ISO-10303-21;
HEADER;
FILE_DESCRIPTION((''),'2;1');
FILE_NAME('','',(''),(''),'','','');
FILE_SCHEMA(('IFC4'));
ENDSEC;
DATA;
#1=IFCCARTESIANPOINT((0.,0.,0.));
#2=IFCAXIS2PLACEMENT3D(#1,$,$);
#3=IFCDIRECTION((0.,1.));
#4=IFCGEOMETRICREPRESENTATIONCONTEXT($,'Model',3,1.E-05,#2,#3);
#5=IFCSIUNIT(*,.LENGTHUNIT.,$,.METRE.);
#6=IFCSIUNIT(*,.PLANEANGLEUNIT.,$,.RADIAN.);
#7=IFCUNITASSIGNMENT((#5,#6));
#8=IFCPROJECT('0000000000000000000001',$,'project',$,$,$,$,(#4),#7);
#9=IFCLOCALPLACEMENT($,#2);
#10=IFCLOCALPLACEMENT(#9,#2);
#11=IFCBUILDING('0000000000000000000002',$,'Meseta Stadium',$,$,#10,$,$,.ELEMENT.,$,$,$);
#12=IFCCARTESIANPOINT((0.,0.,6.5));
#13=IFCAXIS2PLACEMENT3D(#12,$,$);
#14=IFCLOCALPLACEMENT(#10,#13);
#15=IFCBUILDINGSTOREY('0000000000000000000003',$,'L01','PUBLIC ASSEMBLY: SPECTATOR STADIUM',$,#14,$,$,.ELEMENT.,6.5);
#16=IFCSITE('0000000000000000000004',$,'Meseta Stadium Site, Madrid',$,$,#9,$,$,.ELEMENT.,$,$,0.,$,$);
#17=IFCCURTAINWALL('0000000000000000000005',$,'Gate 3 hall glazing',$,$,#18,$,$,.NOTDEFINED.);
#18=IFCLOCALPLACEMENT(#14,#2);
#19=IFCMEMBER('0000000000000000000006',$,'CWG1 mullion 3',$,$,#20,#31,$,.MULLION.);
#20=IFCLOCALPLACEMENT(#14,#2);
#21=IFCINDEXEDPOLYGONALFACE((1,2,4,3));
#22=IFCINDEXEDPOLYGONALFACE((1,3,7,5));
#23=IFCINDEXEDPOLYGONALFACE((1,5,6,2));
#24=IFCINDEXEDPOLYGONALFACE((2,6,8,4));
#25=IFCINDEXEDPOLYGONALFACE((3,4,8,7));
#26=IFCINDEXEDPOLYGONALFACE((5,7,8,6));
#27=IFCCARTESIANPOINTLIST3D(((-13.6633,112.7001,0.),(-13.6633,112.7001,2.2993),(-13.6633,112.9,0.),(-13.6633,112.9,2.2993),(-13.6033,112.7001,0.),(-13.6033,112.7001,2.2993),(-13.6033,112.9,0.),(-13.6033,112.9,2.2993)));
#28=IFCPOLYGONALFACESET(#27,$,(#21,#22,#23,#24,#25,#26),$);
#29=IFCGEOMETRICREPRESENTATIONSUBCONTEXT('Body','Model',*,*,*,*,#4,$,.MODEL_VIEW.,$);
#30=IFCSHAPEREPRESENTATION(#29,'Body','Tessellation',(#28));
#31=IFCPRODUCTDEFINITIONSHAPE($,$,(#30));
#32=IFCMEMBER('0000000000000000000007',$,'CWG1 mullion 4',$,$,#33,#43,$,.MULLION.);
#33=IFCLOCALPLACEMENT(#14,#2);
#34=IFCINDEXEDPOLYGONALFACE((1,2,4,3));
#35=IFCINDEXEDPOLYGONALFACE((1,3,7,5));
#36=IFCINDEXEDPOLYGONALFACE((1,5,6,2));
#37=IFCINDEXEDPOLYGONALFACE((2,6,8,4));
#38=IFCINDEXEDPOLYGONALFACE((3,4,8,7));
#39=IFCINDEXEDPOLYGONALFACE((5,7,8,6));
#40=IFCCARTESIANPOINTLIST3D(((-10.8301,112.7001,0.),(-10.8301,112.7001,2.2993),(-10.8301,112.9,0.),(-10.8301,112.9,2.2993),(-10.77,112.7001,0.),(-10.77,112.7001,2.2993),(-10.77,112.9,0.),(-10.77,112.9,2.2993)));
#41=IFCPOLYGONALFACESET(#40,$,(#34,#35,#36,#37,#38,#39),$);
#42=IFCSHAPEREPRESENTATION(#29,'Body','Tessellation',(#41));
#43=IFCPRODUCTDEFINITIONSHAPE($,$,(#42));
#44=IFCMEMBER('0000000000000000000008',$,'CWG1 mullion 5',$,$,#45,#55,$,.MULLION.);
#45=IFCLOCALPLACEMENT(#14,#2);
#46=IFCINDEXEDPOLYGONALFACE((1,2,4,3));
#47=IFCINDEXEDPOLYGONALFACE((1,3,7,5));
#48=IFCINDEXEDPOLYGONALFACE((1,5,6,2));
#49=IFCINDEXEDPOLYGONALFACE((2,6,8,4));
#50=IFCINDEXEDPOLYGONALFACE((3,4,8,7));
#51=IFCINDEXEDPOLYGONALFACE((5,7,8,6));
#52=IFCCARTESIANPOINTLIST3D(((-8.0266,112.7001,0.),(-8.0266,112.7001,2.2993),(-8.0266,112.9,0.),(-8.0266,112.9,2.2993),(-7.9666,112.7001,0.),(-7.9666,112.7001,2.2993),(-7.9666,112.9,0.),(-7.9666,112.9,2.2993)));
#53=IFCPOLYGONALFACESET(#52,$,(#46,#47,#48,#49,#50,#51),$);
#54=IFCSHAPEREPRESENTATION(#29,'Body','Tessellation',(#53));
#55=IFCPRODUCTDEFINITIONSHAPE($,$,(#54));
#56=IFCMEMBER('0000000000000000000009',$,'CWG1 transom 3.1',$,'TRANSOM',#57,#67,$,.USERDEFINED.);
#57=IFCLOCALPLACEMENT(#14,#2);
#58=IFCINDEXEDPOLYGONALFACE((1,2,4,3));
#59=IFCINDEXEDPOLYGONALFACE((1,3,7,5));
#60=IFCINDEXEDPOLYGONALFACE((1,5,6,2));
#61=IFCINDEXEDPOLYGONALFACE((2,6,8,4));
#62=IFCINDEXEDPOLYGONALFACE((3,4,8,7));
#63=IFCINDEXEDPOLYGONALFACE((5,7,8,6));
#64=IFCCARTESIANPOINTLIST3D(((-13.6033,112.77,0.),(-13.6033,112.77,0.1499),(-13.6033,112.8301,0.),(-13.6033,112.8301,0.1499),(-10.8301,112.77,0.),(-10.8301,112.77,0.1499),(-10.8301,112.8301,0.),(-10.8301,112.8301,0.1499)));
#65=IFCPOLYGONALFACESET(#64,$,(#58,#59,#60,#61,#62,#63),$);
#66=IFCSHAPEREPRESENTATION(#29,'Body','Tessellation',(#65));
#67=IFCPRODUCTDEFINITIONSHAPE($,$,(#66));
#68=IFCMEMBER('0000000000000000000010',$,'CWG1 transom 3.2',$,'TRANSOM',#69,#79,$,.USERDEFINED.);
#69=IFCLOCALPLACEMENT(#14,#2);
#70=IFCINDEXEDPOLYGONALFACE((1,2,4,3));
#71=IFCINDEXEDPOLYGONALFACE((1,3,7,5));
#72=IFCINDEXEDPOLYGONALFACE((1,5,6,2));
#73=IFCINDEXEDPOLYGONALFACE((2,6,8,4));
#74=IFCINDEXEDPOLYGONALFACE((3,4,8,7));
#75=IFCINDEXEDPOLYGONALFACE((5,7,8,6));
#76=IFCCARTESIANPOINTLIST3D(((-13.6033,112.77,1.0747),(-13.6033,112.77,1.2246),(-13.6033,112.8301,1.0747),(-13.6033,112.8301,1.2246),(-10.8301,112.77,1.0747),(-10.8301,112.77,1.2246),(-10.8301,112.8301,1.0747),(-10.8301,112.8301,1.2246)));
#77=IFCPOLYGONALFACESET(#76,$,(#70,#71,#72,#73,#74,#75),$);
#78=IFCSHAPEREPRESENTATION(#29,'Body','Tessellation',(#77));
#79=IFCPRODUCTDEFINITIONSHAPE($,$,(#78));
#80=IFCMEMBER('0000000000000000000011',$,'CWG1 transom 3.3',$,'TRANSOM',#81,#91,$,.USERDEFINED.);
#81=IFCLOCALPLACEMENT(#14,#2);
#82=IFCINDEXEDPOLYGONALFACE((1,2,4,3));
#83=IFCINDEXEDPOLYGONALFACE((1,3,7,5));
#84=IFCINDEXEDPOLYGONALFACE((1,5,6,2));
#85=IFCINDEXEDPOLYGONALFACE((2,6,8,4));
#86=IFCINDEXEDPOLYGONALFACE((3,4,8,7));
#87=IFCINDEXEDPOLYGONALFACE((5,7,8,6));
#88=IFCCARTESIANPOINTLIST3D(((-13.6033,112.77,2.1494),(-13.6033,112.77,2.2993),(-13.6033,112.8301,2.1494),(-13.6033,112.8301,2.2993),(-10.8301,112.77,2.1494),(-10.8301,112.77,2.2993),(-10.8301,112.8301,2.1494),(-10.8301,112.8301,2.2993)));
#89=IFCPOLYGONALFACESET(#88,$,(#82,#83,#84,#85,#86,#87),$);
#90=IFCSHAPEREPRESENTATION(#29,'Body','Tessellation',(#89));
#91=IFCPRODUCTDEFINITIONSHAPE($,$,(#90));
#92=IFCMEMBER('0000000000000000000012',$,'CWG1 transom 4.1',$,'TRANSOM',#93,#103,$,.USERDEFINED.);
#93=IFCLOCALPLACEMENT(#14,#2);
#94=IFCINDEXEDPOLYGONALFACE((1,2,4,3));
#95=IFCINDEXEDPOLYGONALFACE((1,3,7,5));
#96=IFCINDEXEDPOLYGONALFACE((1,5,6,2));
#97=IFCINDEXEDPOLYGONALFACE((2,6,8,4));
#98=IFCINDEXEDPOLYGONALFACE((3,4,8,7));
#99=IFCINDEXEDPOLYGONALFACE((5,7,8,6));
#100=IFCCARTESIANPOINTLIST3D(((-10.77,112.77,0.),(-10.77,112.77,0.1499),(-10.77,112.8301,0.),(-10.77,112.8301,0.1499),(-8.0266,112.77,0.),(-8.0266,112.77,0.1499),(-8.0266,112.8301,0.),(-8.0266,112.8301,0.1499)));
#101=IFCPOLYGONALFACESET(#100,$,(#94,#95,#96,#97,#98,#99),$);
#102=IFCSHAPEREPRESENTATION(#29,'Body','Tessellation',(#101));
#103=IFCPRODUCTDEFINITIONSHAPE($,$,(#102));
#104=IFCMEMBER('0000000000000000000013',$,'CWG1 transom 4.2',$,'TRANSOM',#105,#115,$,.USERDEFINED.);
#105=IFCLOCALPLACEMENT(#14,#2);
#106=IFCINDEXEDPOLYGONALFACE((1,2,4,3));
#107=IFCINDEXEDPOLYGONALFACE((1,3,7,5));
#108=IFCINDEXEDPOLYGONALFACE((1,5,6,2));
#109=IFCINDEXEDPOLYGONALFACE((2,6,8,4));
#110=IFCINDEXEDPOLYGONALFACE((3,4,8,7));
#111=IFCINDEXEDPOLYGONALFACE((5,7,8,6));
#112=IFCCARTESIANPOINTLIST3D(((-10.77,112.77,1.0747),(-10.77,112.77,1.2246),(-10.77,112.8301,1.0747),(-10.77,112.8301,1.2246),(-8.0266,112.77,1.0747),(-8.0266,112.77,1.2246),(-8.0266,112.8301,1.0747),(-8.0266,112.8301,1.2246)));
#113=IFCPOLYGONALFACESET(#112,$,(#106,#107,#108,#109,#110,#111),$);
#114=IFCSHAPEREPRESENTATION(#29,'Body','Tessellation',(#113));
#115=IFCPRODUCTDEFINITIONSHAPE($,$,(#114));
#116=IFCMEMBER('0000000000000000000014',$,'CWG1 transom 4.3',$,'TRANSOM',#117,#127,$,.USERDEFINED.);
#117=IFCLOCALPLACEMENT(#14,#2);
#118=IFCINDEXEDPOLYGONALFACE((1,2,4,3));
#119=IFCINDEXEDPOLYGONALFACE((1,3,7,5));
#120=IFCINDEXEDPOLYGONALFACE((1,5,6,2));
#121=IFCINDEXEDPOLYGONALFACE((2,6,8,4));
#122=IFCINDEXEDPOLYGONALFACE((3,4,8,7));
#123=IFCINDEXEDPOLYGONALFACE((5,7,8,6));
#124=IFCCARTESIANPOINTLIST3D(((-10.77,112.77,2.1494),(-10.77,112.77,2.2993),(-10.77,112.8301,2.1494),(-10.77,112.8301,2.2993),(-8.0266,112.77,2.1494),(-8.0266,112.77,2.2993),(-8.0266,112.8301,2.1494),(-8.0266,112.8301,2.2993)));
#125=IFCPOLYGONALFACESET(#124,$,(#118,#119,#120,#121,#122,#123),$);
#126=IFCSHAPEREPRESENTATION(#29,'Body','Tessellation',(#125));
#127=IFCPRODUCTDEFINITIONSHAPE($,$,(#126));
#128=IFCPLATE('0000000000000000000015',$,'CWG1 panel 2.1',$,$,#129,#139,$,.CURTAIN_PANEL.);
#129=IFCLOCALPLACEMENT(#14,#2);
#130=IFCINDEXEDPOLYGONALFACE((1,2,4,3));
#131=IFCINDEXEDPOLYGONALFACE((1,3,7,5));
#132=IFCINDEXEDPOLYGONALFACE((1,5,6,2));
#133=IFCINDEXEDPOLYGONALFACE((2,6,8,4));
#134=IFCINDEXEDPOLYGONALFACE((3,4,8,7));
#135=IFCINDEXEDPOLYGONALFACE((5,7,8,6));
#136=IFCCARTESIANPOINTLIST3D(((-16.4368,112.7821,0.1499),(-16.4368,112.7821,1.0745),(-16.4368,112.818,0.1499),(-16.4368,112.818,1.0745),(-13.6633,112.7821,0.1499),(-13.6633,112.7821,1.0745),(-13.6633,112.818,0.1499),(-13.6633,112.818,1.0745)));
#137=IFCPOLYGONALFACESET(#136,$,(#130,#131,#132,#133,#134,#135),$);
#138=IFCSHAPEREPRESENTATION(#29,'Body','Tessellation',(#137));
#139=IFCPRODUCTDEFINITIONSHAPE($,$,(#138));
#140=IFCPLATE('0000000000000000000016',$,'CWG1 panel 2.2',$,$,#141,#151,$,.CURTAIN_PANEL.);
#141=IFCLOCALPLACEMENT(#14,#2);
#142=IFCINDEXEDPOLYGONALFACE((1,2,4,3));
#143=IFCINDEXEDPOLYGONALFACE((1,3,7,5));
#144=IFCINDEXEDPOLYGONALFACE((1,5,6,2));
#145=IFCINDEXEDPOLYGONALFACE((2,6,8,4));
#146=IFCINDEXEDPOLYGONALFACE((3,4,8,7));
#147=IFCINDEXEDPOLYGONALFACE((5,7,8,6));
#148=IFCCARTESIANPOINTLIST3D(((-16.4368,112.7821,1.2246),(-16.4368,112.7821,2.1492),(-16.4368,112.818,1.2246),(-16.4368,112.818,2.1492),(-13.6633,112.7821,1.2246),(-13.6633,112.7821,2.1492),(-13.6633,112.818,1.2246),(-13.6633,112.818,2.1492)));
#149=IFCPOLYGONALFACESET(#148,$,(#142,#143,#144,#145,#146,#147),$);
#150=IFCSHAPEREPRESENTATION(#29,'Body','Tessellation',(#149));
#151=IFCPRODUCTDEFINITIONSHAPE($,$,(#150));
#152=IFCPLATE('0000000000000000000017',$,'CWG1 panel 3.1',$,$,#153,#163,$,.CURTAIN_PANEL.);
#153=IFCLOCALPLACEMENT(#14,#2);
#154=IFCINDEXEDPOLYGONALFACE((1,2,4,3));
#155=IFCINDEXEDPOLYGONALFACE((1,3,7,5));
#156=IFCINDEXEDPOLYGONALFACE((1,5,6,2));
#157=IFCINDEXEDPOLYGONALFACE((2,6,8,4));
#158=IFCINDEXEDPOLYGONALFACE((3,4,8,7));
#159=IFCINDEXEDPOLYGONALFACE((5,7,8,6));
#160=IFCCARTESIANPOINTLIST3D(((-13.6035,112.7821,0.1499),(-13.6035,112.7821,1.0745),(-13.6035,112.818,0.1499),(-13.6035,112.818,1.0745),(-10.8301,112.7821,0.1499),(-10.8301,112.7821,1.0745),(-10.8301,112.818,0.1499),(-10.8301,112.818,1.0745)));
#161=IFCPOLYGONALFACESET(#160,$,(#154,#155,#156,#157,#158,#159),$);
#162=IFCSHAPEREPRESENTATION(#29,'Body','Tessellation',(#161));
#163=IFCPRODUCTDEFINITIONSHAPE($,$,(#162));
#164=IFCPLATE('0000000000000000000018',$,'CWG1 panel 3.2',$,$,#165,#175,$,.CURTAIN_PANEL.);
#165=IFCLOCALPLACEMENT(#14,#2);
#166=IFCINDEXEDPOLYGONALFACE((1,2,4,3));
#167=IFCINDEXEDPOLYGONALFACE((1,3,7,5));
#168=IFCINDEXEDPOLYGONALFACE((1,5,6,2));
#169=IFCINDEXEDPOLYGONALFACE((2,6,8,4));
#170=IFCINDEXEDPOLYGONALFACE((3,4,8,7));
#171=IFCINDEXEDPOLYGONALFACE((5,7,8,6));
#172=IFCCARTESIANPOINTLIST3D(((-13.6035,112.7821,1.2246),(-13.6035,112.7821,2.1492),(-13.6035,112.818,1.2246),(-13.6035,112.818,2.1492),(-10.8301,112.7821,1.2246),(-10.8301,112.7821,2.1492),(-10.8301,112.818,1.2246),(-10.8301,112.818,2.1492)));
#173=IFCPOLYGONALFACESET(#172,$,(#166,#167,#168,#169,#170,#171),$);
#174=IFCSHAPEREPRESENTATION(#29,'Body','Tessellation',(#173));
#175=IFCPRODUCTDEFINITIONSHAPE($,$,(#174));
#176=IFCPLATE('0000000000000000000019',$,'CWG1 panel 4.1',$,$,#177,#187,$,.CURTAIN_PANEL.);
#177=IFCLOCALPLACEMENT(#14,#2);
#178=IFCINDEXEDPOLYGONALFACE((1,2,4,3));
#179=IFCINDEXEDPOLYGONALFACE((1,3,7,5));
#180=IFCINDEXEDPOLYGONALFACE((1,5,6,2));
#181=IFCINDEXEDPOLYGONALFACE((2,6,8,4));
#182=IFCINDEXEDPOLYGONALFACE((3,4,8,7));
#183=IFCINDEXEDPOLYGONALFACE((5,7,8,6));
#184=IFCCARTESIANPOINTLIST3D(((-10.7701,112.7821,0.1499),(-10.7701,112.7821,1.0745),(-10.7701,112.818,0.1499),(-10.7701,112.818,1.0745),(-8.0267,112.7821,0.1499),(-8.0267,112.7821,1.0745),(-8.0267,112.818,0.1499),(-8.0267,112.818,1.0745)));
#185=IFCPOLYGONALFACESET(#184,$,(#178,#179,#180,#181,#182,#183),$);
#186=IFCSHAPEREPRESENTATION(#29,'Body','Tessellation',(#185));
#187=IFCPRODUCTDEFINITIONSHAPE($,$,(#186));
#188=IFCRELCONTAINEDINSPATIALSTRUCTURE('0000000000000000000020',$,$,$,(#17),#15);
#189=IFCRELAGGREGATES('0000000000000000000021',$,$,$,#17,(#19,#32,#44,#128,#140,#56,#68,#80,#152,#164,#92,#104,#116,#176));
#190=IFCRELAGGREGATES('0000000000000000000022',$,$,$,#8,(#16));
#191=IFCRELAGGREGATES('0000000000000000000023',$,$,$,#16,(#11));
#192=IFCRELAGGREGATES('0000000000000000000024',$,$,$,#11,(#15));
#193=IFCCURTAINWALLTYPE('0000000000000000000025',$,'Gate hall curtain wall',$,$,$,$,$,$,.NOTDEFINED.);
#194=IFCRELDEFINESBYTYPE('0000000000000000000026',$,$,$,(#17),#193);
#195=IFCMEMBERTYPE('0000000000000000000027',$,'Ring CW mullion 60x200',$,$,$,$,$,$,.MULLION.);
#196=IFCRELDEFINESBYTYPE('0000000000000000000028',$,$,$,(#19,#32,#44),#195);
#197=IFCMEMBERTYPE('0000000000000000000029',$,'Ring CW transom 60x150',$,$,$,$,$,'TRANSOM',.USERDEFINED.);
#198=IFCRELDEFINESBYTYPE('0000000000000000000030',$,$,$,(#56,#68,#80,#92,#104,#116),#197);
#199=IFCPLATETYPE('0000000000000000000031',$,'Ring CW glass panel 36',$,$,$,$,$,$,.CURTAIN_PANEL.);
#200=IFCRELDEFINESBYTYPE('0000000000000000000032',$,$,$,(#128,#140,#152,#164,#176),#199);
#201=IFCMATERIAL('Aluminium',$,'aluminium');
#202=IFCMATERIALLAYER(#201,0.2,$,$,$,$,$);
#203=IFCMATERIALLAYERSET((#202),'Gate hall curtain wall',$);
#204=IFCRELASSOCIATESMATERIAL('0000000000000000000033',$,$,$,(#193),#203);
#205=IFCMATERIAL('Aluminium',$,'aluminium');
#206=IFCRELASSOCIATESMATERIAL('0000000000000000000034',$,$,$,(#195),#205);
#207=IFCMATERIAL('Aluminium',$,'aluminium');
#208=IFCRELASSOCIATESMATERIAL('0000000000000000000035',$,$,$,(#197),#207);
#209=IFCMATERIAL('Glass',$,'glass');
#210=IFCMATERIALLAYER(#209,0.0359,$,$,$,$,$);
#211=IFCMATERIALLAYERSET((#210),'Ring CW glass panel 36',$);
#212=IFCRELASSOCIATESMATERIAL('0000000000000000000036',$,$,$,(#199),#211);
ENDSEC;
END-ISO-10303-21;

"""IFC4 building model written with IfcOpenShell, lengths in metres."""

from ifc_helpers import new_model, si_unit, direction, frame, origin, origin_2d, place, context, subcontext, project, spatial, rectangle, extrude, material, layer, layer_set, material_profile, profile_set, type_object, element, aggregate, save


model = new_model("IFC4")

# Units and contexts
model_context = context("Model", 3, precision=1e-05, world=origin(), true_north=direction((0.0, 1.0)))
body_context = subcontext(model_context, "Body", "Model", "MODEL_VIEW")
ifc_project = project(units=[si_unit("LENGTHUNIT", "METRE"), si_unit("PLANEANGLEUNIT", "RADIAN")], contexts=[model_context])

# Site, building, storey
site_placement = place(None, origin())
site = spatial("IfcSite", under=ifc_project, at=site_placement, Name="Meseta Stadium Site, Madrid", CompositionType="ELEMENT", RefElevation=0.0)
building_placement = place(site_placement, origin())
building = spatial("IfcBuilding", under=site, at=building_placement, Name="Meseta Stadium", CompositionType="ELEMENT")
storey_placement = place(building_placement, frame((0.0, 0.0, 6.5)))
storey = spatial("IfcBuildingStorey", under=building, at=storey_placement, Name="L01", Description="PUBLIC ASSEMBLY: SPECTATOR STADIUM", CompositionType="ELEMENT", Elevation=6.5)

# Curtain wall, members, plates
ifc_material_1 = material(Name="Aluminium", Category="aluminium")
ifc_layer_1 = layer(ifc_material_1, 0.2)
ifc_layer_set_1 = layer_set([ifc_layer_1], Name="Gate hall curtain wall")
curtain_wall_type = type_object("IfcCurtainWallType", Name="Gate hall curtain wall", PredefinedType="NOTDEFINED", material=ifc_layer_set_1)
curtain_wall_placement = place(storey_placement, origin())
curtain_wall = element("IfcCurtainWall", 1, at=curtain_wall_placement, inside=storey, type_object=curtain_wall_type, Name="Gate 3 hall glazing", PredefinedType="NOTDEFINED")
ifc_material_2 = material(Name="Aluminium", Category="aluminium")
ifc_material_profile_1 = material_profile(ifc_material_2, rectangle(XDim=0.2, YDim=0.0601, at=origin_2d()), Name="CW 200x60")
ifc_profile_set_1 = profile_set([ifc_material_profile_1], Name="Aluminium")
member_type_1 = type_object("IfcMemberType", Name="Ring CW mullion 60x200", PredefinedType="MULLION", material=ifc_profile_set_1)
member_1_placement = place(storey_placement, frame((-13.6333, 112.8, 0.0), z_axis=(0.0, 0.0, 1.0), x_axis=(0.0, 1.0, 0.0)))
member_1 = element("IfcMember", 2, at=member_1_placement, type_object=member_type_1, Name="CWG1 mullion 3", PredefinedType="MULLION", context=body_context, shape_type="SweptSolid", body=[
    extrude(rectangle(XDim=0.2, YDim=0.0601, at=origin_2d()), origin(), (0.0, 0.0, 1.0), 2.2993),
])
member_2_placement = place(storey_placement, frame((-10.8, 112.8, 0.0), z_axis=(0.0, 0.0, 1.0), x_axis=(0.0, 1.0, 0.0)))
member_2 = element("IfcMember", 3, at=member_2_placement, type_object=member_type_1, Name="CWG1 mullion 4", PredefinedType="MULLION", context=body_context, shape_type="SweptSolid", body=[
    extrude(rectangle(XDim=0.2, YDim=0.0601, at=origin_2d()), origin(), (0.0, 0.0, 1.0), 2.2993),
])
member_3_placement = place(storey_placement, frame((-7.9966, 112.8, 0.0), z_axis=(0.0, 0.0, 1.0), x_axis=(0.0, 1.0, 0.0)))
member_3 = element("IfcMember", 4, at=member_3_placement, type_object=member_type_1, Name="CWG1 mullion 5", PredefinedType="MULLION", context=body_context, shape_type="SweptSolid", body=[
    extrude(rectangle(XDim=0.2, YDim=0.0601, at=origin_2d()), origin(), (0.0, 0.0, 1.0), 2.2993),
])
ifc_material_3 = material(Name="Aluminium", Category="aluminium")
ifc_material_profile_2 = material_profile(ifc_material_3, rectangle(XDim=0.0601, YDim=0.1499, at=origin_2d()), Name="CW 60x150")
ifc_profile_set_2 = profile_set([ifc_material_profile_2], Name="Aluminium")
member_type_2 = type_object("IfcMemberType", Name="Ring CW transom 60x150", ElementType="TRANSOM", PredefinedType="USERDEFINED", material=ifc_profile_set_2)
member_4_placement = place(storey_placement, frame((-13.6033, 112.8, 0.075), z_axis=(1.0, 0.0, 0.0), x_axis=(0.0, 1.0, 0.0)))
member_4 = element("IfcMember", 5, at=member_4_placement, type_object=member_type_2, Name="CWG1 transom 3.1", ObjectType="TRANSOM", PredefinedType="USERDEFINED", context=body_context, shape_type="SweptSolid", body=[
    extrude(rectangle(XDim=0.0601, YDim=0.1499, at=origin_2d()), origin(), (0.0, 0.0, 1.0), 2.7732),
])
member_5_placement = place(storey_placement, frame((-13.6033, 112.8, 1.1497), z_axis=(1.0, 0.0, 0.0), x_axis=(0.0, 1.0, 0.0)))
member_5 = element("IfcMember", 6, at=member_5_placement, type_object=member_type_2, Name="CWG1 transom 3.2", ObjectType="TRANSOM", PredefinedType="USERDEFINED", context=body_context, shape_type="SweptSolid", body=[
    extrude(rectangle(XDim=0.0601, YDim=0.1499, at=origin_2d()), origin(), (0.0, 0.0, 1.0), 2.7732),
])
member_6_placement = place(storey_placement, frame((-13.6033, 112.8, 2.2244), z_axis=(1.0, 0.0, 0.0), x_axis=(0.0, 1.0, 0.0)))
member_6 = element("IfcMember", 7, at=member_6_placement, type_object=member_type_2, Name="CWG1 transom 3.3", ObjectType="TRANSOM", PredefinedType="USERDEFINED", context=body_context, shape_type="SweptSolid", body=[
    extrude(rectangle(XDim=0.0601, YDim=0.1499, at=origin_2d()), origin(), (0.0, 0.0, 1.0), 2.7732),
])
member_7_placement = place(storey_placement, frame((-10.77, 112.8, 0.075), z_axis=(1.0, 0.0, 0.0), x_axis=(0.0, 1.0, 0.0)))
member_7 = element("IfcMember", 8, at=member_7_placement, type_object=member_type_2, Name="CWG1 transom 4.1", ObjectType="TRANSOM", PredefinedType="USERDEFINED", context=body_context, shape_type="SweptSolid", body=[
    extrude(rectangle(XDim=0.0601, YDim=0.1499, at=origin_2d()), origin(), (0.0, 0.0, 1.0), 2.7434),
])
member_8_placement = place(storey_placement, frame((-10.77, 112.8, 1.1497), z_axis=(1.0, 0.0, 0.0), x_axis=(0.0, 1.0, 0.0)))
member_8 = element("IfcMember", 9, at=member_8_placement, type_object=member_type_2, Name="CWG1 transom 4.2", ObjectType="TRANSOM", PredefinedType="USERDEFINED", context=body_context, shape_type="SweptSolid", body=[
    extrude(rectangle(XDim=0.0601, YDim=0.1499, at=origin_2d()), origin(), (0.0, 0.0, 1.0), 2.7434),
])
member_9_placement = place(storey_placement, frame((-10.77, 112.8, 2.2244), z_axis=(1.0, 0.0, 0.0), x_axis=(0.0, 1.0, 0.0)))
member_9 = element("IfcMember", 10, at=member_9_placement, type_object=member_type_2, Name="CWG1 transom 4.3", ObjectType="TRANSOM", PredefinedType="USERDEFINED", context=body_context, shape_type="SweptSolid", body=[
    extrude(rectangle(XDim=0.0601, YDim=0.1499, at=origin_2d()), origin(), (0.0, 0.0, 1.0), 2.7434),
])
ifc_material_4 = material(Name="Glass", Category="glass")
ifc_layer_2 = layer(ifc_material_4, 0.0359)
ifc_layer_set_2 = layer_set([ifc_layer_2], Name="Ring CW glass panel 36")
plate_type = type_object("IfcPlateType", Name="Ring CW glass panel 36", PredefinedType="CURTAIN_PANEL", material=ifc_layer_set_2)
plate_1_placement = place(storey_placement, frame((-15.05, 112.8, 0.1499), z_axis=(0.0, 0.0, 1.0), x_axis=(1.0, 0.0, 0.0)))
plate_1 = element("IfcPlate", 11, at=plate_1_placement, type_object=plate_type, Name="CWG1 panel 2.1", PredefinedType="CURTAIN_PANEL", context=body_context, shape_type="SweptSolid", body=[
    extrude(rectangle(XDim=2.7734, YDim=0.0359, at=origin_2d()), origin(), (0.0, 0.0, 1.0), 0.9246),
])
plate_2_placement = place(storey_placement, frame((-15.05, 112.8, 1.2246), z_axis=(0.0, 0.0, 1.0), x_axis=(1.0, 0.0, 0.0)))
plate_2 = element("IfcPlate", 12, at=plate_2_placement, type_object=plate_type, Name="CWG1 panel 2.2", PredefinedType="CURTAIN_PANEL", context=body_context, shape_type="SweptSolid", body=[
    extrude(rectangle(XDim=2.7734, YDim=0.0359, at=origin_2d()), origin(), (0.0, 0.0, 1.0), 0.9246),
])
plate_3_placement = place(storey_placement, frame((-12.2168, 112.8, 0.1499), z_axis=(0.0, 0.0, 1.0), x_axis=(1.0, 0.0, 0.0)))
plate_3 = element("IfcPlate", 13, at=plate_3_placement, type_object=plate_type, Name="CWG1 panel 3.1", PredefinedType="CURTAIN_PANEL", context=body_context, shape_type="SweptSolid", body=[
    extrude(rectangle(XDim=2.7734, YDim=0.0359, at=origin_2d()), origin(), (0.0, 0.0, 1.0), 0.9246),
])
plate_4_placement = place(storey_placement, frame((-12.2168, 112.8, 1.2246), z_axis=(0.0, 0.0, 1.0), x_axis=(1.0, 0.0, 0.0)))
plate_4 = element("IfcPlate", 14, at=plate_4_placement, type_object=plate_type, Name="CWG1 panel 3.2", PredefinedType="CURTAIN_PANEL", context=body_context, shape_type="SweptSolid", body=[
    extrude(rectangle(XDim=2.7734, YDim=0.0359, at=origin_2d()), origin(), (0.0, 0.0, 1.0), 0.9246),
])
plate_5_placement = place(storey_placement, frame((-9.3984, 112.8, 0.1499), z_axis=(0.0, 0.0, 1.0), x_axis=(1.0, 0.0, 0.0)))
plate_5 = element("IfcPlate", 15, at=plate_5_placement, type_object=plate_type, Name="CWG1 panel 4.1", PredefinedType="CURTAIN_PANEL", context=body_context, shape_type="SweptSolid", body=[
    extrude(rectangle(XDim=2.7434, YDim=0.0359, at=origin_2d()), origin(), (0.0, 0.0, 1.0), 0.9246),
])
aggregate(curtain_wall, [member_1, member_2, member_3, plate_1, plate_2, member_4, member_5, member_6, plate_3, plate_4, member_7, member_8, member_9, plate_5])

save(model, "model.ifc")
